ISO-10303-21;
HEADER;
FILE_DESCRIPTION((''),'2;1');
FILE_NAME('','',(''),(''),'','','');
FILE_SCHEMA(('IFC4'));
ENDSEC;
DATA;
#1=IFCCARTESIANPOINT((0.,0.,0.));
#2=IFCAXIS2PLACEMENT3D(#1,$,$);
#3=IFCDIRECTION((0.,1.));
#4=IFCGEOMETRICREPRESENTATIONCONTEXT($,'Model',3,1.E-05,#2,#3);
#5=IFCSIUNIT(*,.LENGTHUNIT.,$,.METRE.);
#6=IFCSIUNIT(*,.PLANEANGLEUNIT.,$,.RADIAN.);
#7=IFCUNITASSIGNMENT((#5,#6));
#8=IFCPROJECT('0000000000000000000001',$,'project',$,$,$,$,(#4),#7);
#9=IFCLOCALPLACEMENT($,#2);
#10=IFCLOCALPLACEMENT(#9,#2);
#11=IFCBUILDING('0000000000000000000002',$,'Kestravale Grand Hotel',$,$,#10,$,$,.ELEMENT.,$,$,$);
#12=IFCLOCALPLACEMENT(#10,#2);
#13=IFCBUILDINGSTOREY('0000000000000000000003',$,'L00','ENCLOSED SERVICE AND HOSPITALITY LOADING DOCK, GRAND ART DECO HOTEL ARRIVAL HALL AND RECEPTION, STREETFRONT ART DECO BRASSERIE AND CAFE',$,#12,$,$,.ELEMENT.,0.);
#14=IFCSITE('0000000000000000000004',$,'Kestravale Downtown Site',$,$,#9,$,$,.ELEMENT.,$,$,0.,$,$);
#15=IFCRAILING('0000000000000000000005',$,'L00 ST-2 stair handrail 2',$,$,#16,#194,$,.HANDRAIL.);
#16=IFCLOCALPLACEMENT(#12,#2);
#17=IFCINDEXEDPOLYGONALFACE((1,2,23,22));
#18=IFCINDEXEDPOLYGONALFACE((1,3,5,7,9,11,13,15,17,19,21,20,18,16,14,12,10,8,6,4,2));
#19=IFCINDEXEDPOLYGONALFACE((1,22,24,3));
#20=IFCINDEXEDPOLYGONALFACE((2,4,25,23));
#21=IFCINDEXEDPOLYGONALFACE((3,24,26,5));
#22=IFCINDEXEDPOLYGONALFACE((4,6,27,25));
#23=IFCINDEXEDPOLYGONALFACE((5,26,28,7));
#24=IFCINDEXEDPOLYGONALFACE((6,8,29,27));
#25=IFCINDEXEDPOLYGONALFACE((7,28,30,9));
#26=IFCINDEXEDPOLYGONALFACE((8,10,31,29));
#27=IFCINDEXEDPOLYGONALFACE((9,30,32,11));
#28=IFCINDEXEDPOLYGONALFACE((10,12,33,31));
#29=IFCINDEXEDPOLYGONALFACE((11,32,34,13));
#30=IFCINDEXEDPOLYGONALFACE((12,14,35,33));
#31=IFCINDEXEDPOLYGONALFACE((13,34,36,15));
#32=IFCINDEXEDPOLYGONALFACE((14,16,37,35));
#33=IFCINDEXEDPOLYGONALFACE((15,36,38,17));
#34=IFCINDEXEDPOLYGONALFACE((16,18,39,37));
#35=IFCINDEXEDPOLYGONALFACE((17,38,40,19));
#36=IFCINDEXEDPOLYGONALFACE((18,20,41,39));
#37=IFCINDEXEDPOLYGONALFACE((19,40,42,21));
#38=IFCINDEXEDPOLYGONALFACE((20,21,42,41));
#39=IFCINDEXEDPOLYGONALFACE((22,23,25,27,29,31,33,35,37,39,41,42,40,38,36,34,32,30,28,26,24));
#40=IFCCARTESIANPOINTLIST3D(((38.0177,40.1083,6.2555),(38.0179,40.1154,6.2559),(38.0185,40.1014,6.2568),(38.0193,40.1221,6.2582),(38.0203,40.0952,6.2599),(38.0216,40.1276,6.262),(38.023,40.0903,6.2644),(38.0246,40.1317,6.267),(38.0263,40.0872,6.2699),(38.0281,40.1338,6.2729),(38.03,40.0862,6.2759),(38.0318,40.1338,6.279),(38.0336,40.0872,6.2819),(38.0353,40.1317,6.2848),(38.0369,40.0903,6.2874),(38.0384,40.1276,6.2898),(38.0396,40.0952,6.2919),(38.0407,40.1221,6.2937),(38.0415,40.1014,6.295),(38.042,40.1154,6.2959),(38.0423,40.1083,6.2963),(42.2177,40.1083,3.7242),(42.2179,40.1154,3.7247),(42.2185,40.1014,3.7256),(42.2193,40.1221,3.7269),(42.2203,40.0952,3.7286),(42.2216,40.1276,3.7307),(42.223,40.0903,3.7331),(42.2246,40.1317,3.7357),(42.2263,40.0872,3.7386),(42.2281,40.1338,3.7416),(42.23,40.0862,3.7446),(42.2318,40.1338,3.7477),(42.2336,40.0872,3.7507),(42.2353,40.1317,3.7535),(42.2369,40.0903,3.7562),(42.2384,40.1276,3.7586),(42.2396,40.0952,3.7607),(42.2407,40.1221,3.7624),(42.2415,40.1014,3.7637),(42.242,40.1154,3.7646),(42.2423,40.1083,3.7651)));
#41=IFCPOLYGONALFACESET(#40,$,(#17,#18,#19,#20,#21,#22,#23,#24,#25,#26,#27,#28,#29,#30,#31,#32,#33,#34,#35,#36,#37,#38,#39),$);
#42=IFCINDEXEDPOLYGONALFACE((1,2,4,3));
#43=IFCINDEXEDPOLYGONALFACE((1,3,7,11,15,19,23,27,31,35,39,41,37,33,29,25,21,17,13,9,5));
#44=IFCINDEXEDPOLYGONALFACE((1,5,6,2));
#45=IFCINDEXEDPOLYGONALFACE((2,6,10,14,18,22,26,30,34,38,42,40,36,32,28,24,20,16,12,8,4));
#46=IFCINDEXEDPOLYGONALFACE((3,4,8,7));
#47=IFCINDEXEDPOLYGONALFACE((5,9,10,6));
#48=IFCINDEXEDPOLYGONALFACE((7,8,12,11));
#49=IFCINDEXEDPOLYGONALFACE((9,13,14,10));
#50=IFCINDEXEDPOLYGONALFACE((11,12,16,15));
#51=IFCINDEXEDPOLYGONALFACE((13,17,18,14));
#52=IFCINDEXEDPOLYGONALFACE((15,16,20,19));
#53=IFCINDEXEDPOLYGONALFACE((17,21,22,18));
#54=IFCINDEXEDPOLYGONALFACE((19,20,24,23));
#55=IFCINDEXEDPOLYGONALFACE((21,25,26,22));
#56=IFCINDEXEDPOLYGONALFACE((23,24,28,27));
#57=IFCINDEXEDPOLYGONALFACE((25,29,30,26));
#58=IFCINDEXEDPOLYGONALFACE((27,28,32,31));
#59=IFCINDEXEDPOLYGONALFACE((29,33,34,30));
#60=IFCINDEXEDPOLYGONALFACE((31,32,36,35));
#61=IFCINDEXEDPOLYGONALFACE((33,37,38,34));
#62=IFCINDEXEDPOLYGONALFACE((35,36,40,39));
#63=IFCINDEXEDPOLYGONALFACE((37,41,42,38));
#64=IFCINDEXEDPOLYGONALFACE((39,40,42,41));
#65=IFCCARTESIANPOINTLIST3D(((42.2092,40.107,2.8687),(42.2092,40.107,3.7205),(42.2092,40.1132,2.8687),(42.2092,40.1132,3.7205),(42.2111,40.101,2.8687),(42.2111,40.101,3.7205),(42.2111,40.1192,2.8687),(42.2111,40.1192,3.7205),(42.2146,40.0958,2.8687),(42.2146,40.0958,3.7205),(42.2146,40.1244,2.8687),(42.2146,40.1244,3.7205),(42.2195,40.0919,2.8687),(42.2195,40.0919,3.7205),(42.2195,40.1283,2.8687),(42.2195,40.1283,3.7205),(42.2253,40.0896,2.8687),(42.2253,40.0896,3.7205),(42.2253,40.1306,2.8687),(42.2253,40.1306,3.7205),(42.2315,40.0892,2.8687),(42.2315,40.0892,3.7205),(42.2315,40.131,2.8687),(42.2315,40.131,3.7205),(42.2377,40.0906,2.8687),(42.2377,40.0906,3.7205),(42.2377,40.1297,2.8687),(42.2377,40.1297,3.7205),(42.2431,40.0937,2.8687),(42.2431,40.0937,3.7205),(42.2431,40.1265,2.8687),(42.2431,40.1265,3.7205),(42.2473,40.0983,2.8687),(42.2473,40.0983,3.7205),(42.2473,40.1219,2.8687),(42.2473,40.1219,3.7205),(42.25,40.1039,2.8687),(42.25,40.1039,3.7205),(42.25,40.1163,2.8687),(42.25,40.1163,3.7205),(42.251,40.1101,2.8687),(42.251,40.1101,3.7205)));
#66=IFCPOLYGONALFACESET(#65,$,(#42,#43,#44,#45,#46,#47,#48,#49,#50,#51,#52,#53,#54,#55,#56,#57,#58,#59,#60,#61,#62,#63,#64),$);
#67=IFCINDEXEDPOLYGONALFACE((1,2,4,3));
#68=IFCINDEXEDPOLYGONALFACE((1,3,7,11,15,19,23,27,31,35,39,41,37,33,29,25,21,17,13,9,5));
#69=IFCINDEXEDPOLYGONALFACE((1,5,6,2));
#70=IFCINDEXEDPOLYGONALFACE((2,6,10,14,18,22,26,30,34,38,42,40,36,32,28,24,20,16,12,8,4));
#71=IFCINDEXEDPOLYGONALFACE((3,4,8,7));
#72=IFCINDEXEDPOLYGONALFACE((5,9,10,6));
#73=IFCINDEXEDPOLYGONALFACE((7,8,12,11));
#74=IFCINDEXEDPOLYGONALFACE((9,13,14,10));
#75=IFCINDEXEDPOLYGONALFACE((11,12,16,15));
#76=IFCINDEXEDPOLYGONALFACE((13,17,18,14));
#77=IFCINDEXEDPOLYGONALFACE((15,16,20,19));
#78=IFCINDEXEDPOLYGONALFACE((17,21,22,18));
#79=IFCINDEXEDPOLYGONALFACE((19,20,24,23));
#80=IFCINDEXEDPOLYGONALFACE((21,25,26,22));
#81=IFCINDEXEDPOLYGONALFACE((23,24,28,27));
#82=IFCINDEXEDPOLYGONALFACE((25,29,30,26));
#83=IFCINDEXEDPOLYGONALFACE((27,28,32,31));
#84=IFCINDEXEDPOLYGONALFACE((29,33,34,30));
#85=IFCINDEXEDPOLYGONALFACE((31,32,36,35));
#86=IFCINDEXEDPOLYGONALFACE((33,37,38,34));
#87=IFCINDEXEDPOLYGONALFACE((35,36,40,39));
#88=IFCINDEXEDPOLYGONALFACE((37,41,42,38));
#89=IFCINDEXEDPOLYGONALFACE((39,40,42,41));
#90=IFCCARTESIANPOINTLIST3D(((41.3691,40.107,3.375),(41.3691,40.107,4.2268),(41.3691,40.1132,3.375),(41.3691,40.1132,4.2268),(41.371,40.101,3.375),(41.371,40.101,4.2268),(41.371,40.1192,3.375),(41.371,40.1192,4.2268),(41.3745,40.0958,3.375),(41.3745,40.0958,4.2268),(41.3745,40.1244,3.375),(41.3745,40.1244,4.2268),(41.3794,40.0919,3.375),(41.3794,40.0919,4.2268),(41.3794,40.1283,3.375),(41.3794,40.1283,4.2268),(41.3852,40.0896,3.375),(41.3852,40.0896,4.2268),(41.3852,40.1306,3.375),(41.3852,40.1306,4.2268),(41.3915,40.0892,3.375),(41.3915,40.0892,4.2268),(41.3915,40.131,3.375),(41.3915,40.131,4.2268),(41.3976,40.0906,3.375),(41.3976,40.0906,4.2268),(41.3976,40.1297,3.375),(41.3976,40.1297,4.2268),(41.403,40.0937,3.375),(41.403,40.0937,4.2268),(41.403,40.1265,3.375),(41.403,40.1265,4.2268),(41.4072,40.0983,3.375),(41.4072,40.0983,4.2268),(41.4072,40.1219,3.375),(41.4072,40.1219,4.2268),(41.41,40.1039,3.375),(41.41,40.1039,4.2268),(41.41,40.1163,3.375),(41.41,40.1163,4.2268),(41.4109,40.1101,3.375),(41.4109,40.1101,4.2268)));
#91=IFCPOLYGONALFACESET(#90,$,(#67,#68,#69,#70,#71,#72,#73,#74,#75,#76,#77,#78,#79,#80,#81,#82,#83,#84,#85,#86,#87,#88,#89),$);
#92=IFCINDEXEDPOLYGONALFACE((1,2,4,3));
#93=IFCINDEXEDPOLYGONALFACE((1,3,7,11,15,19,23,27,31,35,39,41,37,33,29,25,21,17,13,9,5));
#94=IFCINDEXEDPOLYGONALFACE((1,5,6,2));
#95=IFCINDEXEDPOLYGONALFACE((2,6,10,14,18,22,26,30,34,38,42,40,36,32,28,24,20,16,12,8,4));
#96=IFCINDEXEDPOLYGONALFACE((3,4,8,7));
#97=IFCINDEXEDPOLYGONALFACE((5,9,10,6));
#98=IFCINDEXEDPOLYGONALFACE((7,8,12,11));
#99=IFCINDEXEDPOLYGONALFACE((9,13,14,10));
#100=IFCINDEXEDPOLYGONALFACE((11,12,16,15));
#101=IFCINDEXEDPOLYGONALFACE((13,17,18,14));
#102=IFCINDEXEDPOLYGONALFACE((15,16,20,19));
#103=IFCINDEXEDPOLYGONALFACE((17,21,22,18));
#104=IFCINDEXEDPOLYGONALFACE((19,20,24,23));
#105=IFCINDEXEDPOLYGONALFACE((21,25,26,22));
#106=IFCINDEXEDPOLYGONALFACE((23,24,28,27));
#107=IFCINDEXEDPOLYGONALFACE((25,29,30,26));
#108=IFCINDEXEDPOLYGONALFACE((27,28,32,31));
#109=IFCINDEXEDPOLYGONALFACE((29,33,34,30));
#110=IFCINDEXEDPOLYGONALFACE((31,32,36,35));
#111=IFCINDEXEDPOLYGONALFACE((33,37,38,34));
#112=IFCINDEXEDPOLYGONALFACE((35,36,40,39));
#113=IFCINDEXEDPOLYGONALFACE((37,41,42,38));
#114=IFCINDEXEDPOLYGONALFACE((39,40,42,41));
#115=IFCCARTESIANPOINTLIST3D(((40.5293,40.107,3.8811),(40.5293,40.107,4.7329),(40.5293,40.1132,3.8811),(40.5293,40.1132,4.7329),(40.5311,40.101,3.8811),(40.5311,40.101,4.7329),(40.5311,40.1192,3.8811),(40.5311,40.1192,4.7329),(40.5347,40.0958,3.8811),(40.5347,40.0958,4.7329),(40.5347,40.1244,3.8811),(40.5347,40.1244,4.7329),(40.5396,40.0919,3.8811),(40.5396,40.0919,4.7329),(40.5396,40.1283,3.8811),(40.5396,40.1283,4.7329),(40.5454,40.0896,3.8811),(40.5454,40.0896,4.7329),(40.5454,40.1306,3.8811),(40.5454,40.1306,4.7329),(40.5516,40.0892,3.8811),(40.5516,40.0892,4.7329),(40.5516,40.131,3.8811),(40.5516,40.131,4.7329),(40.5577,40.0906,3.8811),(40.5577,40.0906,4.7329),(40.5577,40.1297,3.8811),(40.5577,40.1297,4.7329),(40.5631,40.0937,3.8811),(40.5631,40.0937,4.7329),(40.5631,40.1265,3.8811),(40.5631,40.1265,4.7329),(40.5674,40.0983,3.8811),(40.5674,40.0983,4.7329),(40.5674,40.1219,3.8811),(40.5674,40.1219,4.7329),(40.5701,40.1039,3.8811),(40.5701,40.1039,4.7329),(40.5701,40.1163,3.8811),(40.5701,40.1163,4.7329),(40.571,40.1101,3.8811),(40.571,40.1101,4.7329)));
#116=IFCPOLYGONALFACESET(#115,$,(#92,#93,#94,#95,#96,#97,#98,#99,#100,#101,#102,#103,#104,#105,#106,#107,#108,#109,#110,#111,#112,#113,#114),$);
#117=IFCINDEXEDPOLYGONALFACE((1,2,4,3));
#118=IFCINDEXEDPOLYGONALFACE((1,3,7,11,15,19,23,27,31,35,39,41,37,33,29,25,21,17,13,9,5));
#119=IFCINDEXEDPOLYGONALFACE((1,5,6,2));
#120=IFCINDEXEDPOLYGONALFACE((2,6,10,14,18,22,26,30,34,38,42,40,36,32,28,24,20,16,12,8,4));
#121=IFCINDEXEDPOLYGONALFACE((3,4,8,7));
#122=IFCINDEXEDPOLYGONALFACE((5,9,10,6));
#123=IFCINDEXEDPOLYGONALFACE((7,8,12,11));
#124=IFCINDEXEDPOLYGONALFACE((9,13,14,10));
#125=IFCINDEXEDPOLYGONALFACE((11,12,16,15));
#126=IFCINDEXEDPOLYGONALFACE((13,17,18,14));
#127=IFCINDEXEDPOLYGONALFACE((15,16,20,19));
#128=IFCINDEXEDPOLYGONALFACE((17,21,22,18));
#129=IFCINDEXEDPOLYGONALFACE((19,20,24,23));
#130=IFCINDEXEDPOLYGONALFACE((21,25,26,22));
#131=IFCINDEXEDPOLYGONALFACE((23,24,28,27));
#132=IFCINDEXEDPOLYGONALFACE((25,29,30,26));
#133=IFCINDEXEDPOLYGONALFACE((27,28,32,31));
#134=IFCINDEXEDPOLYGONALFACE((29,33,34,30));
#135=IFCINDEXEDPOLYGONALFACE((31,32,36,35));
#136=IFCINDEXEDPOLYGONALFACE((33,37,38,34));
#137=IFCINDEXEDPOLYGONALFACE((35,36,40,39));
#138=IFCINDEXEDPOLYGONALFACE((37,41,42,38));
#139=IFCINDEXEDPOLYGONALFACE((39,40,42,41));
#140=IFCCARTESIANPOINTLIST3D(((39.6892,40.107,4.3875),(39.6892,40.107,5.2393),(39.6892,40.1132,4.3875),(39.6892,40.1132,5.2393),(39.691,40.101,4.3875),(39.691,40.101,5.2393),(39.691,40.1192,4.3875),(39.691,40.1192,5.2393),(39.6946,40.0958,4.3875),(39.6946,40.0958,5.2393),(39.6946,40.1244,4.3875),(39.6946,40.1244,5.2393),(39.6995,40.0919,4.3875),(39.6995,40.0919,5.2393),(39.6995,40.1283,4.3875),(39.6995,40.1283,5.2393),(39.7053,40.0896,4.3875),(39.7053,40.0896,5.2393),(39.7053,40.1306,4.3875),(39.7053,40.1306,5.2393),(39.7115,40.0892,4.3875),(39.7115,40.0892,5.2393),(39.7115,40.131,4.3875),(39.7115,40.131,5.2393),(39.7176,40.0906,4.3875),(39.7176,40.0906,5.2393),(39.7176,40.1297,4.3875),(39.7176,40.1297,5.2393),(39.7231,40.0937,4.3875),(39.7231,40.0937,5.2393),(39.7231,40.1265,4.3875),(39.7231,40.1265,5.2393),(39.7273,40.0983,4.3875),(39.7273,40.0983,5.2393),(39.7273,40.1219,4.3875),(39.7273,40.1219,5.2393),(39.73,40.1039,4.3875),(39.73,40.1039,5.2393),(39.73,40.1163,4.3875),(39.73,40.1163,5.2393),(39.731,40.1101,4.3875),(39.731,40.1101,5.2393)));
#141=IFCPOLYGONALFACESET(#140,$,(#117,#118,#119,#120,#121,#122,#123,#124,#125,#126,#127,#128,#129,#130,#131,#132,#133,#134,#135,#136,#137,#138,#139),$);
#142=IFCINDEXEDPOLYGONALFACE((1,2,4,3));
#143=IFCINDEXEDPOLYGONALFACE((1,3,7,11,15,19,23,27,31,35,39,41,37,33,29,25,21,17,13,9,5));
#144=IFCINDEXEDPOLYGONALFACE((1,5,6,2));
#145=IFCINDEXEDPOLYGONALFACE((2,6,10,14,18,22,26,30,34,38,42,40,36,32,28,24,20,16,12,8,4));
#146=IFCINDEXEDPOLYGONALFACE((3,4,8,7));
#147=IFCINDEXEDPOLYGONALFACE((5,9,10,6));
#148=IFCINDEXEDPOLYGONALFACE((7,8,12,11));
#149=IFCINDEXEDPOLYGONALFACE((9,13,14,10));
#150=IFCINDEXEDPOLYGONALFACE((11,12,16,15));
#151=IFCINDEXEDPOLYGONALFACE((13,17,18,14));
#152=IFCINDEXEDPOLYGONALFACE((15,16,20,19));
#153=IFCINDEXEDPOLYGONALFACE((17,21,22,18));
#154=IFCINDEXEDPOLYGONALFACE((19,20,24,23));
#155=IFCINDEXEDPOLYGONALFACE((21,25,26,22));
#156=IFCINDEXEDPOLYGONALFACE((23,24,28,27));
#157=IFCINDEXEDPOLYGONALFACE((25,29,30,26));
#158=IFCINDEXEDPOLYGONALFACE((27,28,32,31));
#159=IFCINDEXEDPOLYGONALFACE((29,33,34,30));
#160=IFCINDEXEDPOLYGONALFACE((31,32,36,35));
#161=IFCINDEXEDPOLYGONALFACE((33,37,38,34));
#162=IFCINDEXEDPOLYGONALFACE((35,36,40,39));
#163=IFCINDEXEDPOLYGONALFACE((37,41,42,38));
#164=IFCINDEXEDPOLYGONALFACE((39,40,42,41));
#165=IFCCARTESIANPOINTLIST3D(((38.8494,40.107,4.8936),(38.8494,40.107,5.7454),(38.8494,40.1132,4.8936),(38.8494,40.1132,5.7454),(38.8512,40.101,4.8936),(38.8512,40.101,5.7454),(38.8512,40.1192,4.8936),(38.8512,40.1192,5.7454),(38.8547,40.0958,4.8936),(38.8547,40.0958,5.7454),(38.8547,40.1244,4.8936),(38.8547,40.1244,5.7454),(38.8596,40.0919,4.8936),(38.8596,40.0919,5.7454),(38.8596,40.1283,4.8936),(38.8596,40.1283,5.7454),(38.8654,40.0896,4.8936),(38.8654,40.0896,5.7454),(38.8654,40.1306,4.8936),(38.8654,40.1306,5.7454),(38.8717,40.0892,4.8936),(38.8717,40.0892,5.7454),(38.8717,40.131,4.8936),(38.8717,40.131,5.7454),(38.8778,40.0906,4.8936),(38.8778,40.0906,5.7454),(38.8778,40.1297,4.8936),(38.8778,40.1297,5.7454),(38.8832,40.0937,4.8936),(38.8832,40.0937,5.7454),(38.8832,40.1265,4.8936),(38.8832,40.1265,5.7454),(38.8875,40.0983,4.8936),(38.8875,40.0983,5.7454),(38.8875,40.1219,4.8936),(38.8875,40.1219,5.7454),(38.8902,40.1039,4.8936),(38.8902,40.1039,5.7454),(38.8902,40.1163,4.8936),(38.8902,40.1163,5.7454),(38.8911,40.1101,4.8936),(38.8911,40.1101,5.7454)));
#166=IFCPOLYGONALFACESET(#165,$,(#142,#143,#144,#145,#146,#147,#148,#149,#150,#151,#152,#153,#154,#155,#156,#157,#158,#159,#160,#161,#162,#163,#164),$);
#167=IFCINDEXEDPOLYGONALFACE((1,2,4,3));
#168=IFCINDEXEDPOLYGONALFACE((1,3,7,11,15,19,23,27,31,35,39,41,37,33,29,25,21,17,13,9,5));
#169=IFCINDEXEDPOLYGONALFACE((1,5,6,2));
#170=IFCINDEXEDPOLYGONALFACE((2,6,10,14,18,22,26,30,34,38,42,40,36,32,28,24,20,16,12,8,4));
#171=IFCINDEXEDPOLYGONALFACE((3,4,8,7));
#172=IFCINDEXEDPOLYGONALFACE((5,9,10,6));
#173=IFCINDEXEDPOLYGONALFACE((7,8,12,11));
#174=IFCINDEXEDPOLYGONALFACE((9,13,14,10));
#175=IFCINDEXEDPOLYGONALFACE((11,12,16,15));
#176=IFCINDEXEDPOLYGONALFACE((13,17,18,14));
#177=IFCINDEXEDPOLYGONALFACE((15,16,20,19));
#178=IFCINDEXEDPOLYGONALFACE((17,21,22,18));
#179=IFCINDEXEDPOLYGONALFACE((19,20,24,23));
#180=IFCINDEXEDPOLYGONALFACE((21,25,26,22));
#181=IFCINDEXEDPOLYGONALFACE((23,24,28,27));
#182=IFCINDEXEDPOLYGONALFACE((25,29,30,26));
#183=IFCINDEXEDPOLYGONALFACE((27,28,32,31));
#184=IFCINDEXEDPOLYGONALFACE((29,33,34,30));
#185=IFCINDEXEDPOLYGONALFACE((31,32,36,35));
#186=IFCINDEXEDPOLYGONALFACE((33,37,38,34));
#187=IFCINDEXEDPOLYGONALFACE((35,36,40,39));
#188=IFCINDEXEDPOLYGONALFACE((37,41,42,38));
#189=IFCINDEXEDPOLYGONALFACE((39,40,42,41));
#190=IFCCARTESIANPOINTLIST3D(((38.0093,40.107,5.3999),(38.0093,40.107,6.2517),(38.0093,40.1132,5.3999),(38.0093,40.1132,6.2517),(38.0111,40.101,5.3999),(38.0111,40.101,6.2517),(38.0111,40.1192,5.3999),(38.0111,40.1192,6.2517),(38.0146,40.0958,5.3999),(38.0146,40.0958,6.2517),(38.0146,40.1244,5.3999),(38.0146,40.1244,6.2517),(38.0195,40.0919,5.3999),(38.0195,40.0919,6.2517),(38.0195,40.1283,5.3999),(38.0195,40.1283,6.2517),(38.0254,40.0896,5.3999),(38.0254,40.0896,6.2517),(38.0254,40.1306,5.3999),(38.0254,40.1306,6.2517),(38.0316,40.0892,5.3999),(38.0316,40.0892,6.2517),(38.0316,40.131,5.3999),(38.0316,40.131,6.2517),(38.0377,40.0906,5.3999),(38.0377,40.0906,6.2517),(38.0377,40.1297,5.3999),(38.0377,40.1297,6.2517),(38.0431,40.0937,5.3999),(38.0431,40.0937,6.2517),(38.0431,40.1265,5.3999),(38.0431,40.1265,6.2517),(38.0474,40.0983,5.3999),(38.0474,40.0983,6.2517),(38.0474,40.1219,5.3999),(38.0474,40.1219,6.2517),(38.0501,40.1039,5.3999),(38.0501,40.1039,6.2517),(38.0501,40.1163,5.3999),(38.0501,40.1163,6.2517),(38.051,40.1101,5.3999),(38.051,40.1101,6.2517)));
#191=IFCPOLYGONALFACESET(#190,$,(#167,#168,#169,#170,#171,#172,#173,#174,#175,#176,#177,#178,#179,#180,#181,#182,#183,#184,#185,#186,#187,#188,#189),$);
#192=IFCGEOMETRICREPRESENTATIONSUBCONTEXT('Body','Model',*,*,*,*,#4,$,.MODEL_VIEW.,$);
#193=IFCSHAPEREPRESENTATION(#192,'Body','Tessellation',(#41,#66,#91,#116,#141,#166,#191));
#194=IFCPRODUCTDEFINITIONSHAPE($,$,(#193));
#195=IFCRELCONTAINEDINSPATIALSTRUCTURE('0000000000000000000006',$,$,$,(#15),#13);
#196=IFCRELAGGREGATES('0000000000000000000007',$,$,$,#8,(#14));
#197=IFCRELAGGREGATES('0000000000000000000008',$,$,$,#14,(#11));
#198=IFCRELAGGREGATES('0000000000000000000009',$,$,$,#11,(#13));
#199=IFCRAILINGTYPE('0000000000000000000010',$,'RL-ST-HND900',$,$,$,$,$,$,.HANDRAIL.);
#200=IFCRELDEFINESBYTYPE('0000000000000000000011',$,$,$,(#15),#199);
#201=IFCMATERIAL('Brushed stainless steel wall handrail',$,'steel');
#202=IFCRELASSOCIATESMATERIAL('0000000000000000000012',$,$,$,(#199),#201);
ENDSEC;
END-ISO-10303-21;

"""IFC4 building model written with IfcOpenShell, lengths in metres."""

from ifc_helpers import new_model, si_unit, direction, frame, origin, origin_2d, place, context, subcontext, project, spatial, circle, extrude, material, type_object, element, save


model = new_model("IFC4")

# Units and contexts
model_context = context("Model", 3, precision=1e-05, world=origin(), true_north=direction((0.0, 1.0)))
body_context = subcontext(model_context, "Body", "Model", "MODEL_VIEW")
ifc_project = project(units=[si_unit("LENGTHUNIT", "METRE"), si_unit("PLANEANGLEUNIT", "RADIAN")], contexts=[model_context])

# Site, building, storey
site_placement = place(None, origin())
site = spatial("IfcSite", under=ifc_project, at=site_placement, Name="Kestravale Downtown Site", CompositionType="ELEMENT", RefElevation=0.0)
building_placement = place(site_placement, origin())
building = spatial("IfcBuilding", under=site, at=building_placement, Name="Kestravale Grand Hotel", CompositionType="ELEMENT")
storey_placement = place(building_placement, origin())
storey = spatial("IfcBuildingStorey", under=building, at=storey_placement, Name="L00", Description="ENCLOSED SERVICE AND HOSPITALITY LOADING DOCK, GRAND ART DECO HOTEL ARRIVAL HALL AND RECEPTION, STREETFRONT ART DECO BRASSERIE AND CAFE", CompositionType="ELEMENT", Elevation=0.0)

# Railing
ifc_material_1 = material(Name="Brushed stainless steel wall handrail", Category="steel")
railing_type_1 = type_object("IfcRailingType", Name="RL-ST-HND900", PredefinedType="HANDRAIL", material=ifc_material_1)
railing_1_placement = place(storey_placement, frame((42.23, 40.1101, 2.8687)))
element("IfcRailing", 1, at=railing_1_placement, inside=storey, type_object=railing_type_1, Name="L00 ST-2 stair handrail 2", PredefinedType="HANDRAIL", context=body_context, shape_type="SweptSolid", body=[
    extrude(circle(Radius=0.0239, at=origin_2d()), frame((0.0, 0.0, 0.876), z_axis=(-0.856476, 0.0, 0.516186), x_axis=(0.0, -1.0, 0.0)), (0.0, 0.0, 1.0), 4.9038),
    extrude(circle(Radius=0.021, at=origin_2d()), origin(), (0.0, 0.0, 1.0), 0.8518),
    extrude(circle(Radius=0.021, at=origin_2d()), frame((-0.8401, 0.0, 0.5063)), (0.0, 0.0, 1.0), 0.8518),
    extrude(circle(Radius=0.021, at=origin_2d()), frame((-1.6799, 0.0, 1.0125)), (0.0, 0.0, 1.0), 0.8518),
    extrude(circle(Radius=0.021, at=origin_2d()), frame((-2.52, 0.0, 1.5188)), (0.0, 0.0, 1.0), 0.8518),
    extrude(circle(Radius=0.021, at=origin_2d()), frame((-3.3599, 0.0, 2.0249)), (0.0, 0.0, 1.0), 0.8518),
    extrude(circle(Radius=0.021, at=origin_2d()), frame((-4.2, 0.0, 2.5312)), (0.0, 0.0, 1.0), 0.8518),
])

save(model, "model.ifc")
